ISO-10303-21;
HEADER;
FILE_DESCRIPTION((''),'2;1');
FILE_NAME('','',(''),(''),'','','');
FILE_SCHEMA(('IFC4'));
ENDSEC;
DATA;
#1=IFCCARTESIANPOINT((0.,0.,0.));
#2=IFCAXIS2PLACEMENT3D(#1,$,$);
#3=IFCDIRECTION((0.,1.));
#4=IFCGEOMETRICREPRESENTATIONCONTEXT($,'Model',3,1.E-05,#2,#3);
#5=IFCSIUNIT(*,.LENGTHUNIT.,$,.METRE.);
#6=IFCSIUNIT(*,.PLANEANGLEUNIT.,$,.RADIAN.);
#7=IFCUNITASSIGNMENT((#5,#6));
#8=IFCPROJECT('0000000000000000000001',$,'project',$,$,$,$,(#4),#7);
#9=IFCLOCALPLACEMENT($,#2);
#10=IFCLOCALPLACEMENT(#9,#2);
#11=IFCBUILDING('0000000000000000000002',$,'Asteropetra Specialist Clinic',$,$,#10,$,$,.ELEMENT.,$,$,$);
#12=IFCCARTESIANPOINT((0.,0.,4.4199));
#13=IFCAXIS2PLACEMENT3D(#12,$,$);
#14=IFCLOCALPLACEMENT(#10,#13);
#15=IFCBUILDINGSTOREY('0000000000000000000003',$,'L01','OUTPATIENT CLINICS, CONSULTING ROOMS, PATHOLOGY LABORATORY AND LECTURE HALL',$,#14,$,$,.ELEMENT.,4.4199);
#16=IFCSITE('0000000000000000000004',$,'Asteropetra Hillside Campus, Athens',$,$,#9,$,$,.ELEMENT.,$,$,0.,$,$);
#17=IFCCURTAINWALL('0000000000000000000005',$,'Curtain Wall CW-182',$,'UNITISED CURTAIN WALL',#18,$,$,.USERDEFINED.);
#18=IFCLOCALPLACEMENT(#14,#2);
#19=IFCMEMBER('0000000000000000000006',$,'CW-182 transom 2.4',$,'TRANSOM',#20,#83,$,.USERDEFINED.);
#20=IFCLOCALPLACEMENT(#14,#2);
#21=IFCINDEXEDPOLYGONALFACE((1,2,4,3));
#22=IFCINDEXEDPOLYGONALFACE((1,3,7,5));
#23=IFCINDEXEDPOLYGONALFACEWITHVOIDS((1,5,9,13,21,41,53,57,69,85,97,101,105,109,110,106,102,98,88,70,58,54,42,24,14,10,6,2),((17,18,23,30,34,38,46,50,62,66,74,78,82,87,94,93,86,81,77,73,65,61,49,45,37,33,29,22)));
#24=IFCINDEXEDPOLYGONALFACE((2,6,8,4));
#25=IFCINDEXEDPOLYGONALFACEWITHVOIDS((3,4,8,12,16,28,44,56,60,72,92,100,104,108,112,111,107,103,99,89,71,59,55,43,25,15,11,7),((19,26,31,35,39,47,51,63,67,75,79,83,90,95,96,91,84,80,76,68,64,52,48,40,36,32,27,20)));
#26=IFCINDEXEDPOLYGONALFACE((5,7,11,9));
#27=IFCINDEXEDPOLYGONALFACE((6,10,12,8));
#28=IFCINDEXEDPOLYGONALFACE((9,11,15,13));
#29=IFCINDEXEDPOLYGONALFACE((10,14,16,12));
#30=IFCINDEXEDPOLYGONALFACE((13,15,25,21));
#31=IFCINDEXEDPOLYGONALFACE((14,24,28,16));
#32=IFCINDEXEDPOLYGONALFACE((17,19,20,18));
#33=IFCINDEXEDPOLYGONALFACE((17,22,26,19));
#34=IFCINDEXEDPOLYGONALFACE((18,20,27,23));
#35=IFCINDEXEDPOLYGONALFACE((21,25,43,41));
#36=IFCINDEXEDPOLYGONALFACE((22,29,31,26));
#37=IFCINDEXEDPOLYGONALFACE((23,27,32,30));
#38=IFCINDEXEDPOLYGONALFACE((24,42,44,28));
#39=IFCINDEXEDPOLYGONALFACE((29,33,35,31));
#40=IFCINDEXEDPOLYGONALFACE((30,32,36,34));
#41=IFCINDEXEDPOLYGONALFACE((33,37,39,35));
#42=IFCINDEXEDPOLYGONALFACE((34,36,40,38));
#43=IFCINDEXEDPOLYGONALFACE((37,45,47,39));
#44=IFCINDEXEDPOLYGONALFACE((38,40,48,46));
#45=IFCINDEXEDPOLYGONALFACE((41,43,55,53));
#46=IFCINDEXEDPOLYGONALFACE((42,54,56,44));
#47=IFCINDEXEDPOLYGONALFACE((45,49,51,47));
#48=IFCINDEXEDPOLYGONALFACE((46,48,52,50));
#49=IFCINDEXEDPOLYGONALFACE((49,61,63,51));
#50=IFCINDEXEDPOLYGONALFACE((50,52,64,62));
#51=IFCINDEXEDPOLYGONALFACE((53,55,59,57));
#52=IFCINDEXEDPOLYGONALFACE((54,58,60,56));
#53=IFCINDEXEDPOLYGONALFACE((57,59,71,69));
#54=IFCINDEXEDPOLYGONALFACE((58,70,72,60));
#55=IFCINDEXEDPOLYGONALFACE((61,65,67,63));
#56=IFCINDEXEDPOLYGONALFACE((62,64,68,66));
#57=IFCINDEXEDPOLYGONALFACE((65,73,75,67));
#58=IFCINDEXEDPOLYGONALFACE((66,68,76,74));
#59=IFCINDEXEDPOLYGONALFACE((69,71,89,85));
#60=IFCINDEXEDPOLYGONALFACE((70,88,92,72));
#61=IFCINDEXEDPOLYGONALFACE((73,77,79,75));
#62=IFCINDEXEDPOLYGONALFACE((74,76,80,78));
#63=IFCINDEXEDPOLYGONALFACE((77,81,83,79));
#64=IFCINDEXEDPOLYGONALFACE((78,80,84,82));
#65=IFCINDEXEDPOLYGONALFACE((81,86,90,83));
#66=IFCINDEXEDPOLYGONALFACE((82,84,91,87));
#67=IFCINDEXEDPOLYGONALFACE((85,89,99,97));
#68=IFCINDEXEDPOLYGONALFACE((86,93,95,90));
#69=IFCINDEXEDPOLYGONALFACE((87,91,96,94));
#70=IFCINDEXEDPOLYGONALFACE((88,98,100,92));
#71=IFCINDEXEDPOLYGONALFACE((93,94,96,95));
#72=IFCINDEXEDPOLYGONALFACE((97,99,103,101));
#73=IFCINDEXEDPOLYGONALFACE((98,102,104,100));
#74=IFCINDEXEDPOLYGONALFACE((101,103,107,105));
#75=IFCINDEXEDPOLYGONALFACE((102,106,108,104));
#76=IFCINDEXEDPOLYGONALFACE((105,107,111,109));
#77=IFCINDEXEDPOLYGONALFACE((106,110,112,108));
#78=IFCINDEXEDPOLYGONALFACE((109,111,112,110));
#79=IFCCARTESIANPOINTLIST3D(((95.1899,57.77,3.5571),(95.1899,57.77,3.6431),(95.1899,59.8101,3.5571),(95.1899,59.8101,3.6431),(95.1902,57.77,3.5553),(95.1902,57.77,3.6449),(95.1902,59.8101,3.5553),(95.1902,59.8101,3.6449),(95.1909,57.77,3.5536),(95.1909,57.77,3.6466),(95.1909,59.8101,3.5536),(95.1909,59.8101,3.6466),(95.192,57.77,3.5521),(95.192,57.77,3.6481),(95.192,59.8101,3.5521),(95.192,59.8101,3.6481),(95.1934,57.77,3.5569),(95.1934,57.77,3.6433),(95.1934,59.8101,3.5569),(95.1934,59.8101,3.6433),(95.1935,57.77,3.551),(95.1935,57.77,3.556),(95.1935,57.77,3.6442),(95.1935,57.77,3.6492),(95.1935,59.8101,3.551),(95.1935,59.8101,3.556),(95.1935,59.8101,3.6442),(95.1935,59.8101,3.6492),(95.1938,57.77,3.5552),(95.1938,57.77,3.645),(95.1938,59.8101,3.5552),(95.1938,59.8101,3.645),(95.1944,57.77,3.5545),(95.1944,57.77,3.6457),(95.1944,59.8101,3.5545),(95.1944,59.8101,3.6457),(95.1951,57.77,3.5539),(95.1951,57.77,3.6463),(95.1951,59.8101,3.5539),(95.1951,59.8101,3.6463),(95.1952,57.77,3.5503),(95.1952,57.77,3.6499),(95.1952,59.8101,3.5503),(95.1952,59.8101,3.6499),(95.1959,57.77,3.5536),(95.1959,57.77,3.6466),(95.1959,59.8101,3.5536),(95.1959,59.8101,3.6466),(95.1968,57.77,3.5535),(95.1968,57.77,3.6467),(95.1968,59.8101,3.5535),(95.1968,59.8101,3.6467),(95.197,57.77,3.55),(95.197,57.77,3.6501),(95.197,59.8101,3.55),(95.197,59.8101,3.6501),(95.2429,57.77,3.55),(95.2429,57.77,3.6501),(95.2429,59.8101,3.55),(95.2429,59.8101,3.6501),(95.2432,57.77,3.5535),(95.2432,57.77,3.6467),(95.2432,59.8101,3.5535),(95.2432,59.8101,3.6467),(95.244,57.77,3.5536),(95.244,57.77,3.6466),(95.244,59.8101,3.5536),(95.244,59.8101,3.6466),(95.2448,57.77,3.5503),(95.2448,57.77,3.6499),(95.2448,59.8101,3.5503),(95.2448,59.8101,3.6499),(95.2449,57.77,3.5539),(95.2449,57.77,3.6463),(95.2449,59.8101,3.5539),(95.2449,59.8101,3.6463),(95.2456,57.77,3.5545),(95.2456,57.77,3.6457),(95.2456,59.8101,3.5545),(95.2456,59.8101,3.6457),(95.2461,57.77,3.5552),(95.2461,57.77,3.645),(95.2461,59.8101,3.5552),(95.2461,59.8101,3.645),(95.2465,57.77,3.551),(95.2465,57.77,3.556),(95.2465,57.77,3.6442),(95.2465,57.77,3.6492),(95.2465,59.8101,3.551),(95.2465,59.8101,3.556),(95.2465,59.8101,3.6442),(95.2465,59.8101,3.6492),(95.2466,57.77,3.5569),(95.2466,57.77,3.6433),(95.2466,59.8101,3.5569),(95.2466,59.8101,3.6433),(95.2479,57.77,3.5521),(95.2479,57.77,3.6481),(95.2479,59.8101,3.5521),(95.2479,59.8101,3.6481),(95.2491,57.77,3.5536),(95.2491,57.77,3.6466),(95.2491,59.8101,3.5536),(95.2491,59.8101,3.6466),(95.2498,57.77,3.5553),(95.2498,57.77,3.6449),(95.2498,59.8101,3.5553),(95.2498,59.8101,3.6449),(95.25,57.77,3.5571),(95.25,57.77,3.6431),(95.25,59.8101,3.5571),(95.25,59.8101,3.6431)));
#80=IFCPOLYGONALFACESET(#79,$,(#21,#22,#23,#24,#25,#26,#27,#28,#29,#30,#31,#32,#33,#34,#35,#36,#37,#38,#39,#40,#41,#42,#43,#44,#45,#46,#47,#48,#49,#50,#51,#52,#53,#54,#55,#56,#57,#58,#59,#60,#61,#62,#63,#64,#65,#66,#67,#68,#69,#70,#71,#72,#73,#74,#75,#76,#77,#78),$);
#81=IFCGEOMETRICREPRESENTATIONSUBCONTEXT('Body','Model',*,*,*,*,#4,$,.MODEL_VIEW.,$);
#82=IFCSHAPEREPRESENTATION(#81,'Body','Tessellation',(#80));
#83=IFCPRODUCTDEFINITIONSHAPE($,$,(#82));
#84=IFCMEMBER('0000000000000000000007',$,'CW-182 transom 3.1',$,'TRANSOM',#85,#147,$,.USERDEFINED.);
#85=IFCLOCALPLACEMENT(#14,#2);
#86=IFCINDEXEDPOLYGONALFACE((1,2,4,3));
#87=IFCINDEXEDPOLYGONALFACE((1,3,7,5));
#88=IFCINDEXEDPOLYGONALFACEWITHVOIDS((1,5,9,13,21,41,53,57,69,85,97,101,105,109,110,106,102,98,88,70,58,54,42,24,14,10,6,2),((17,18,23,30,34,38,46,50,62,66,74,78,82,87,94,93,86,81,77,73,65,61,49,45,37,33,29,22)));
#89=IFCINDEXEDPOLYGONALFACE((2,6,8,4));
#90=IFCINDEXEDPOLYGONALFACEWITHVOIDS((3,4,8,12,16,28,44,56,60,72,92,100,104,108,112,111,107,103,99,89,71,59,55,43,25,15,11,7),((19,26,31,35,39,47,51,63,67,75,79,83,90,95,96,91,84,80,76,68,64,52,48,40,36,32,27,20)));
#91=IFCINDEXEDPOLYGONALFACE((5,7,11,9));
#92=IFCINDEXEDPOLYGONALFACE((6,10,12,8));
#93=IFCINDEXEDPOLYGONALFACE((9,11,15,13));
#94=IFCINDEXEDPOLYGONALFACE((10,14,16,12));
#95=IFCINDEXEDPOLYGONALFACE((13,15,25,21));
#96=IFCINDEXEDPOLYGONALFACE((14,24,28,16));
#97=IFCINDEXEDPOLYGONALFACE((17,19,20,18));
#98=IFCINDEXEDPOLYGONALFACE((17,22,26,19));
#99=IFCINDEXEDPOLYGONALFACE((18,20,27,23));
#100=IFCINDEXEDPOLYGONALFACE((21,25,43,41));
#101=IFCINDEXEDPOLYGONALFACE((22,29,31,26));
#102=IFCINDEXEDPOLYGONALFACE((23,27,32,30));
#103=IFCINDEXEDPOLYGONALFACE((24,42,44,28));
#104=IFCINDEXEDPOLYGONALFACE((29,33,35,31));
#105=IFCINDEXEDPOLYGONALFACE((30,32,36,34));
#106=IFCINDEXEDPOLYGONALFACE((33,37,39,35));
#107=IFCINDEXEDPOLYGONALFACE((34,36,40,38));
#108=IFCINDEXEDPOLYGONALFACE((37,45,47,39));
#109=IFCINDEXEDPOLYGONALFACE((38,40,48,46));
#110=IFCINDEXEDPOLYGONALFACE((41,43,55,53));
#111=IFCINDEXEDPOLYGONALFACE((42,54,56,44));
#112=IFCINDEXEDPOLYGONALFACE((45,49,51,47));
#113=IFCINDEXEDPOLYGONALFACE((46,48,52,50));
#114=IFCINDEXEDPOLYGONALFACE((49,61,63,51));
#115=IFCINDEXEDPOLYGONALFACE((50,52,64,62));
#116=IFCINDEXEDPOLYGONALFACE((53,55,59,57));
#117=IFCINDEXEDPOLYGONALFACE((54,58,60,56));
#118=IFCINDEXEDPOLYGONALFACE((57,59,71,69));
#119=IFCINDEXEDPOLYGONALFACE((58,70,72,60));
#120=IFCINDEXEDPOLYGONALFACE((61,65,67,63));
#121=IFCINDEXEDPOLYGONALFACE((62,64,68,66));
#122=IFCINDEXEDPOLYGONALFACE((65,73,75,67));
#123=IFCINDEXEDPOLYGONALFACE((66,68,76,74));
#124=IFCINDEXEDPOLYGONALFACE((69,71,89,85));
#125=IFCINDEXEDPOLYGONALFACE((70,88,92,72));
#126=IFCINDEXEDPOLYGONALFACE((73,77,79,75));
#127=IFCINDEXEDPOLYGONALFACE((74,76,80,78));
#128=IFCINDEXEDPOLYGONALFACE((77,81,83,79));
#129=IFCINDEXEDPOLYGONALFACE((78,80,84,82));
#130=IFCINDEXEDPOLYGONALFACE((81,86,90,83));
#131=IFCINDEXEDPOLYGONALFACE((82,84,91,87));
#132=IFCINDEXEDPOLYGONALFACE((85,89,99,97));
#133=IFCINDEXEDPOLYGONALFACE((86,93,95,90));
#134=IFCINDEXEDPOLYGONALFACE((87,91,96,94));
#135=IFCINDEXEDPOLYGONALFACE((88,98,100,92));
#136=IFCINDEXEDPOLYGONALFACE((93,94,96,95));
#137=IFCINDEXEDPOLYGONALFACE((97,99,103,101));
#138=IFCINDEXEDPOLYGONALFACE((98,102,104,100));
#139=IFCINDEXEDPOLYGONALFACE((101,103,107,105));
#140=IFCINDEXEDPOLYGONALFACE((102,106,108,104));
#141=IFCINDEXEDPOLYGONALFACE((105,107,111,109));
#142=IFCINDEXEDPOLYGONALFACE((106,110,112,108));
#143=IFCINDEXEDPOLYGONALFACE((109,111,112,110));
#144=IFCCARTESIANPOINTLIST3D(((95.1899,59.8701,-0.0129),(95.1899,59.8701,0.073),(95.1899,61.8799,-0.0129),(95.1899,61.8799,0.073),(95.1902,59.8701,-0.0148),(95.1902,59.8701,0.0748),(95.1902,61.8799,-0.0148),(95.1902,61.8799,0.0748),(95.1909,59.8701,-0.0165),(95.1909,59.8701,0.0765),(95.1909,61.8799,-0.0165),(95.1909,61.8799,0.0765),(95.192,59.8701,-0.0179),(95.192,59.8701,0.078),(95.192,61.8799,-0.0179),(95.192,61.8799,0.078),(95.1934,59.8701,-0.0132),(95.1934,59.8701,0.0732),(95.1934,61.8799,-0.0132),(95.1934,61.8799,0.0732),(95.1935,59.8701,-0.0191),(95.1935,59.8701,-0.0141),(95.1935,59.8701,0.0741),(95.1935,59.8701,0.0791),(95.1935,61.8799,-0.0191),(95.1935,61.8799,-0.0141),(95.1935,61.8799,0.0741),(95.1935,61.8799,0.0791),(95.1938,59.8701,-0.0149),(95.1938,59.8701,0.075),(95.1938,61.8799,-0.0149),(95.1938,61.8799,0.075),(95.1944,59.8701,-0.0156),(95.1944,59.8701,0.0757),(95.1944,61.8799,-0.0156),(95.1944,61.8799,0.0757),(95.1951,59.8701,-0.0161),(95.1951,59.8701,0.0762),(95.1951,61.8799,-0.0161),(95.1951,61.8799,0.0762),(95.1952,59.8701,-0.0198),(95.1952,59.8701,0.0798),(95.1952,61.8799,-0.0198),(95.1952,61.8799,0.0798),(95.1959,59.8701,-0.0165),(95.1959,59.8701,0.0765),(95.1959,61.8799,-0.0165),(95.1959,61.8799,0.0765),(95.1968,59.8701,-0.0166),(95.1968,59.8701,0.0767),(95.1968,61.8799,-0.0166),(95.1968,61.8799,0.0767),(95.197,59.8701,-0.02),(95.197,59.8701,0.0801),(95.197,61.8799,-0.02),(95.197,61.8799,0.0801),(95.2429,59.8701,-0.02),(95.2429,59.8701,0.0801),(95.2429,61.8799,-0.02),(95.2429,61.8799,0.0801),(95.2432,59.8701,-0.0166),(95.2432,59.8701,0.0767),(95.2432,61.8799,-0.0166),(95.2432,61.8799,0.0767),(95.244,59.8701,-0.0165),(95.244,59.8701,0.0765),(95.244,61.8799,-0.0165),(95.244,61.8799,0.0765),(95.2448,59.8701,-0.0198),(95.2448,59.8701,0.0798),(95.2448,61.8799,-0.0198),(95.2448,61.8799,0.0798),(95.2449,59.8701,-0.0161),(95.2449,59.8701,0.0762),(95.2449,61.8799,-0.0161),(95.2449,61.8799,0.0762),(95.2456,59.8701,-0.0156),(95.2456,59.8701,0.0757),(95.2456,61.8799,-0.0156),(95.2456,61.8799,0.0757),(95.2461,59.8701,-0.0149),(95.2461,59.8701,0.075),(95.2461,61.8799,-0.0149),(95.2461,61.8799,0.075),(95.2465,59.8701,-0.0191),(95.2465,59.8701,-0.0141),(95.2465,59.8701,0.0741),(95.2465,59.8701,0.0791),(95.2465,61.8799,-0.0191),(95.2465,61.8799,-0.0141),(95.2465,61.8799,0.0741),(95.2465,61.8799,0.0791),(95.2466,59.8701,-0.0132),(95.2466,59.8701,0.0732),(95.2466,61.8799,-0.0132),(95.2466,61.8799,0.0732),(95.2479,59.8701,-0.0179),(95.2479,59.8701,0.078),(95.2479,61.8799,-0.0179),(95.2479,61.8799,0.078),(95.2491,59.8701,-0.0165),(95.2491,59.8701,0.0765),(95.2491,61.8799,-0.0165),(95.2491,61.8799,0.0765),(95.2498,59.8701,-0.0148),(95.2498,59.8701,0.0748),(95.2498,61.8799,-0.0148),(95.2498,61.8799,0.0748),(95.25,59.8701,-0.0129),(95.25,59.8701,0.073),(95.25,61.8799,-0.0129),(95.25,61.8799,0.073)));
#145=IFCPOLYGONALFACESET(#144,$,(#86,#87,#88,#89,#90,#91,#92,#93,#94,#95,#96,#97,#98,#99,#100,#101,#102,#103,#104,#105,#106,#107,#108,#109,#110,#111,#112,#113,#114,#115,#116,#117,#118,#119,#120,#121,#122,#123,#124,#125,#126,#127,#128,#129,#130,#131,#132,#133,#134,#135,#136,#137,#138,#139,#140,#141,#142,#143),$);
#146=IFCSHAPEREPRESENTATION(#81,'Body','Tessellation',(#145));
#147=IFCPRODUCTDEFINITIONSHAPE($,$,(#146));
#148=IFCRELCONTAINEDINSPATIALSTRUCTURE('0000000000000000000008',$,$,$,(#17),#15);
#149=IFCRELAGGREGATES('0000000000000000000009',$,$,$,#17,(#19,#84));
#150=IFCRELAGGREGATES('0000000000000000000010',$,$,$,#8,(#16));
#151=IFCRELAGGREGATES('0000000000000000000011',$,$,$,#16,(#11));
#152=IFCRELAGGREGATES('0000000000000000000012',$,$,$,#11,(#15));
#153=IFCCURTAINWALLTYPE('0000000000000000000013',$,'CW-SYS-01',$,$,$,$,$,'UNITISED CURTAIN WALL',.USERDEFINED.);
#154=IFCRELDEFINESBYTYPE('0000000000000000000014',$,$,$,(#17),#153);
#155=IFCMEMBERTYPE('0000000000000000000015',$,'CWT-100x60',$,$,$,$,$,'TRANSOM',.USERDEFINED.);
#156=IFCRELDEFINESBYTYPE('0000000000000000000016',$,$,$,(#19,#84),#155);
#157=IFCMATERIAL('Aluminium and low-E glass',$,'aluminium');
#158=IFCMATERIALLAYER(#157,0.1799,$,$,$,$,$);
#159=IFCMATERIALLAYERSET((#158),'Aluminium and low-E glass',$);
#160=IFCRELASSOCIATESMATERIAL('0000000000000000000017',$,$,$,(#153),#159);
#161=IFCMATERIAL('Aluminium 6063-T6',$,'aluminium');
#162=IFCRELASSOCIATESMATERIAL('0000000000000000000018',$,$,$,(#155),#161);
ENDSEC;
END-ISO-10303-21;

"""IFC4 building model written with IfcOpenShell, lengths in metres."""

from ifc_helpers import new_model, si_unit, direction, frame, origin, origin_2d, place, context, subcontext, project, spatial, hollow_rectangle, extrude, material, layer, layer_set, material_profile, profile_set, type_object, element, aggregate, save


model = new_model("IFC4")

# Units and contexts
model_context = context("Model", 3, precision=1e-05, world=origin(), true_north=direction((0.0, 1.0)))
body_context = subcontext(model_context, "Body", "Model", "MODEL_VIEW")
ifc_project = project(units=[si_unit("LENGTHUNIT", "METRE"), si_unit("PLANEANGLEUNIT", "RADIAN")], contexts=[model_context])

# Site, building, storey
site_placement = place(None, origin())
site = spatial("IfcSite", under=ifc_project, at=site_placement, Name="Asteropetra Hillside Campus, Athens", CompositionType="ELEMENT", RefElevation=0.0)
building_placement = place(site_placement, origin())
building = spatial("IfcBuilding", under=site, at=building_placement, Name="Asteropetra Specialist Clinic", CompositionType="ELEMENT")
storey_placement = place(building_placement, frame((0.0, 0.0, 4.4199)))
storey = spatial("IfcBuildingStorey", under=building, at=storey_placement, Name="L01", Description="OUTPATIENT CLINICS, CONSULTING ROOMS, PATHOLOGY LABORATORY AND LECTURE HALL", CompositionType="ELEMENT", Elevation=4.4199)

# Curtain wall, members
ifc_material_1 = material(Name="Aluminium and low-E glass", Category="aluminium")
ifc_layer_1 = layer(ifc_material_1, 0.1799)
ifc_layer_set_1 = layer_set([ifc_layer_1], Name="Aluminium and low-E glass")
curtain_wall_type = type_object("IfcCurtainWallType", Name="CW-SYS-01", ElementType="UNITISED CURTAIN WALL", PredefinedType="USERDEFINED", material=ifc_layer_set_1)
curtain_wall_placement = place(storey_placement, origin())
curtain_wall = element("IfcCurtainWall", 1, at=curtain_wall_placement, inside=storey, type_object=curtain_wall_type, Name="Curtain Wall CW-182", ObjectType="UNITISED CURTAIN WALL", PredefinedType="USERDEFINED")
ifc_material_2 = material(Name="Aluminium 6063-T6", Category="aluminium")
ifc_material_profile_1 = material_profile(ifc_material_2, hollow_rectangle(XDim=0.0601, YDim=0.1001, WallThickness=0.0034, InnerFilletRadius=0.0034, OuterFilletRadius=0.0071, at=origin_2d()), Name="TRN 100x60x3.5")
ifc_profile_set_1 = profile_set([ifc_material_profile_1], Name="Aluminium 6063-T6")
member_type_1 = type_object("IfcMemberType", Name="CWT-100x60", ElementType="TRANSOM", PredefinedType="USERDEFINED", material=ifc_profile_set_1)
member_1_placement = place(storey_placement, frame((95.22, 57.77, 3.6001), z_axis=(0.0, 1.0, 0.0), x_axis=(-1.0, 0.0, 0.0)))
member_1 = element("IfcMember", 2, at=member_1_placement, type_object=member_type_1, Name="CW-182 transom 2.4", ObjectType="TRANSOM", PredefinedType="USERDEFINED", context=body_context, shape_type="SweptSolid", body=[
    extrude(hollow_rectangle(XDim=0.0601, YDim=0.1001, WallThickness=0.0034, InnerFilletRadius=0.0034, OuterFilletRadius=0.0071, at=origin_2d()), origin(), (0.0, 0.0, 1.0), 2.04),
])
member_2_placement = place(storey_placement, frame((95.22, 59.8701, 0.03), z_axis=(0.0, 1.0, 0.0), x_axis=(-1.0, 0.0, 0.0)))
member_2 = element("IfcMember", 3, at=member_2_placement, type_object=member_type_1, Name="CW-182 transom 3.1", ObjectType="TRANSOM", PredefinedType="USERDEFINED", context=body_context, shape_type="SweptSolid", body=[
    extrude(hollow_rectangle(XDim=0.0601, YDim=0.1001, WallThickness=0.0034, InnerFilletRadius=0.0034, OuterFilletRadius=0.0071, at=origin_2d()), origin(), (0.0, 0.0, 1.0), 2.0098),
])
aggregate(curtain_wall, [member_1, member_2])

save(model, "model.ifc")
